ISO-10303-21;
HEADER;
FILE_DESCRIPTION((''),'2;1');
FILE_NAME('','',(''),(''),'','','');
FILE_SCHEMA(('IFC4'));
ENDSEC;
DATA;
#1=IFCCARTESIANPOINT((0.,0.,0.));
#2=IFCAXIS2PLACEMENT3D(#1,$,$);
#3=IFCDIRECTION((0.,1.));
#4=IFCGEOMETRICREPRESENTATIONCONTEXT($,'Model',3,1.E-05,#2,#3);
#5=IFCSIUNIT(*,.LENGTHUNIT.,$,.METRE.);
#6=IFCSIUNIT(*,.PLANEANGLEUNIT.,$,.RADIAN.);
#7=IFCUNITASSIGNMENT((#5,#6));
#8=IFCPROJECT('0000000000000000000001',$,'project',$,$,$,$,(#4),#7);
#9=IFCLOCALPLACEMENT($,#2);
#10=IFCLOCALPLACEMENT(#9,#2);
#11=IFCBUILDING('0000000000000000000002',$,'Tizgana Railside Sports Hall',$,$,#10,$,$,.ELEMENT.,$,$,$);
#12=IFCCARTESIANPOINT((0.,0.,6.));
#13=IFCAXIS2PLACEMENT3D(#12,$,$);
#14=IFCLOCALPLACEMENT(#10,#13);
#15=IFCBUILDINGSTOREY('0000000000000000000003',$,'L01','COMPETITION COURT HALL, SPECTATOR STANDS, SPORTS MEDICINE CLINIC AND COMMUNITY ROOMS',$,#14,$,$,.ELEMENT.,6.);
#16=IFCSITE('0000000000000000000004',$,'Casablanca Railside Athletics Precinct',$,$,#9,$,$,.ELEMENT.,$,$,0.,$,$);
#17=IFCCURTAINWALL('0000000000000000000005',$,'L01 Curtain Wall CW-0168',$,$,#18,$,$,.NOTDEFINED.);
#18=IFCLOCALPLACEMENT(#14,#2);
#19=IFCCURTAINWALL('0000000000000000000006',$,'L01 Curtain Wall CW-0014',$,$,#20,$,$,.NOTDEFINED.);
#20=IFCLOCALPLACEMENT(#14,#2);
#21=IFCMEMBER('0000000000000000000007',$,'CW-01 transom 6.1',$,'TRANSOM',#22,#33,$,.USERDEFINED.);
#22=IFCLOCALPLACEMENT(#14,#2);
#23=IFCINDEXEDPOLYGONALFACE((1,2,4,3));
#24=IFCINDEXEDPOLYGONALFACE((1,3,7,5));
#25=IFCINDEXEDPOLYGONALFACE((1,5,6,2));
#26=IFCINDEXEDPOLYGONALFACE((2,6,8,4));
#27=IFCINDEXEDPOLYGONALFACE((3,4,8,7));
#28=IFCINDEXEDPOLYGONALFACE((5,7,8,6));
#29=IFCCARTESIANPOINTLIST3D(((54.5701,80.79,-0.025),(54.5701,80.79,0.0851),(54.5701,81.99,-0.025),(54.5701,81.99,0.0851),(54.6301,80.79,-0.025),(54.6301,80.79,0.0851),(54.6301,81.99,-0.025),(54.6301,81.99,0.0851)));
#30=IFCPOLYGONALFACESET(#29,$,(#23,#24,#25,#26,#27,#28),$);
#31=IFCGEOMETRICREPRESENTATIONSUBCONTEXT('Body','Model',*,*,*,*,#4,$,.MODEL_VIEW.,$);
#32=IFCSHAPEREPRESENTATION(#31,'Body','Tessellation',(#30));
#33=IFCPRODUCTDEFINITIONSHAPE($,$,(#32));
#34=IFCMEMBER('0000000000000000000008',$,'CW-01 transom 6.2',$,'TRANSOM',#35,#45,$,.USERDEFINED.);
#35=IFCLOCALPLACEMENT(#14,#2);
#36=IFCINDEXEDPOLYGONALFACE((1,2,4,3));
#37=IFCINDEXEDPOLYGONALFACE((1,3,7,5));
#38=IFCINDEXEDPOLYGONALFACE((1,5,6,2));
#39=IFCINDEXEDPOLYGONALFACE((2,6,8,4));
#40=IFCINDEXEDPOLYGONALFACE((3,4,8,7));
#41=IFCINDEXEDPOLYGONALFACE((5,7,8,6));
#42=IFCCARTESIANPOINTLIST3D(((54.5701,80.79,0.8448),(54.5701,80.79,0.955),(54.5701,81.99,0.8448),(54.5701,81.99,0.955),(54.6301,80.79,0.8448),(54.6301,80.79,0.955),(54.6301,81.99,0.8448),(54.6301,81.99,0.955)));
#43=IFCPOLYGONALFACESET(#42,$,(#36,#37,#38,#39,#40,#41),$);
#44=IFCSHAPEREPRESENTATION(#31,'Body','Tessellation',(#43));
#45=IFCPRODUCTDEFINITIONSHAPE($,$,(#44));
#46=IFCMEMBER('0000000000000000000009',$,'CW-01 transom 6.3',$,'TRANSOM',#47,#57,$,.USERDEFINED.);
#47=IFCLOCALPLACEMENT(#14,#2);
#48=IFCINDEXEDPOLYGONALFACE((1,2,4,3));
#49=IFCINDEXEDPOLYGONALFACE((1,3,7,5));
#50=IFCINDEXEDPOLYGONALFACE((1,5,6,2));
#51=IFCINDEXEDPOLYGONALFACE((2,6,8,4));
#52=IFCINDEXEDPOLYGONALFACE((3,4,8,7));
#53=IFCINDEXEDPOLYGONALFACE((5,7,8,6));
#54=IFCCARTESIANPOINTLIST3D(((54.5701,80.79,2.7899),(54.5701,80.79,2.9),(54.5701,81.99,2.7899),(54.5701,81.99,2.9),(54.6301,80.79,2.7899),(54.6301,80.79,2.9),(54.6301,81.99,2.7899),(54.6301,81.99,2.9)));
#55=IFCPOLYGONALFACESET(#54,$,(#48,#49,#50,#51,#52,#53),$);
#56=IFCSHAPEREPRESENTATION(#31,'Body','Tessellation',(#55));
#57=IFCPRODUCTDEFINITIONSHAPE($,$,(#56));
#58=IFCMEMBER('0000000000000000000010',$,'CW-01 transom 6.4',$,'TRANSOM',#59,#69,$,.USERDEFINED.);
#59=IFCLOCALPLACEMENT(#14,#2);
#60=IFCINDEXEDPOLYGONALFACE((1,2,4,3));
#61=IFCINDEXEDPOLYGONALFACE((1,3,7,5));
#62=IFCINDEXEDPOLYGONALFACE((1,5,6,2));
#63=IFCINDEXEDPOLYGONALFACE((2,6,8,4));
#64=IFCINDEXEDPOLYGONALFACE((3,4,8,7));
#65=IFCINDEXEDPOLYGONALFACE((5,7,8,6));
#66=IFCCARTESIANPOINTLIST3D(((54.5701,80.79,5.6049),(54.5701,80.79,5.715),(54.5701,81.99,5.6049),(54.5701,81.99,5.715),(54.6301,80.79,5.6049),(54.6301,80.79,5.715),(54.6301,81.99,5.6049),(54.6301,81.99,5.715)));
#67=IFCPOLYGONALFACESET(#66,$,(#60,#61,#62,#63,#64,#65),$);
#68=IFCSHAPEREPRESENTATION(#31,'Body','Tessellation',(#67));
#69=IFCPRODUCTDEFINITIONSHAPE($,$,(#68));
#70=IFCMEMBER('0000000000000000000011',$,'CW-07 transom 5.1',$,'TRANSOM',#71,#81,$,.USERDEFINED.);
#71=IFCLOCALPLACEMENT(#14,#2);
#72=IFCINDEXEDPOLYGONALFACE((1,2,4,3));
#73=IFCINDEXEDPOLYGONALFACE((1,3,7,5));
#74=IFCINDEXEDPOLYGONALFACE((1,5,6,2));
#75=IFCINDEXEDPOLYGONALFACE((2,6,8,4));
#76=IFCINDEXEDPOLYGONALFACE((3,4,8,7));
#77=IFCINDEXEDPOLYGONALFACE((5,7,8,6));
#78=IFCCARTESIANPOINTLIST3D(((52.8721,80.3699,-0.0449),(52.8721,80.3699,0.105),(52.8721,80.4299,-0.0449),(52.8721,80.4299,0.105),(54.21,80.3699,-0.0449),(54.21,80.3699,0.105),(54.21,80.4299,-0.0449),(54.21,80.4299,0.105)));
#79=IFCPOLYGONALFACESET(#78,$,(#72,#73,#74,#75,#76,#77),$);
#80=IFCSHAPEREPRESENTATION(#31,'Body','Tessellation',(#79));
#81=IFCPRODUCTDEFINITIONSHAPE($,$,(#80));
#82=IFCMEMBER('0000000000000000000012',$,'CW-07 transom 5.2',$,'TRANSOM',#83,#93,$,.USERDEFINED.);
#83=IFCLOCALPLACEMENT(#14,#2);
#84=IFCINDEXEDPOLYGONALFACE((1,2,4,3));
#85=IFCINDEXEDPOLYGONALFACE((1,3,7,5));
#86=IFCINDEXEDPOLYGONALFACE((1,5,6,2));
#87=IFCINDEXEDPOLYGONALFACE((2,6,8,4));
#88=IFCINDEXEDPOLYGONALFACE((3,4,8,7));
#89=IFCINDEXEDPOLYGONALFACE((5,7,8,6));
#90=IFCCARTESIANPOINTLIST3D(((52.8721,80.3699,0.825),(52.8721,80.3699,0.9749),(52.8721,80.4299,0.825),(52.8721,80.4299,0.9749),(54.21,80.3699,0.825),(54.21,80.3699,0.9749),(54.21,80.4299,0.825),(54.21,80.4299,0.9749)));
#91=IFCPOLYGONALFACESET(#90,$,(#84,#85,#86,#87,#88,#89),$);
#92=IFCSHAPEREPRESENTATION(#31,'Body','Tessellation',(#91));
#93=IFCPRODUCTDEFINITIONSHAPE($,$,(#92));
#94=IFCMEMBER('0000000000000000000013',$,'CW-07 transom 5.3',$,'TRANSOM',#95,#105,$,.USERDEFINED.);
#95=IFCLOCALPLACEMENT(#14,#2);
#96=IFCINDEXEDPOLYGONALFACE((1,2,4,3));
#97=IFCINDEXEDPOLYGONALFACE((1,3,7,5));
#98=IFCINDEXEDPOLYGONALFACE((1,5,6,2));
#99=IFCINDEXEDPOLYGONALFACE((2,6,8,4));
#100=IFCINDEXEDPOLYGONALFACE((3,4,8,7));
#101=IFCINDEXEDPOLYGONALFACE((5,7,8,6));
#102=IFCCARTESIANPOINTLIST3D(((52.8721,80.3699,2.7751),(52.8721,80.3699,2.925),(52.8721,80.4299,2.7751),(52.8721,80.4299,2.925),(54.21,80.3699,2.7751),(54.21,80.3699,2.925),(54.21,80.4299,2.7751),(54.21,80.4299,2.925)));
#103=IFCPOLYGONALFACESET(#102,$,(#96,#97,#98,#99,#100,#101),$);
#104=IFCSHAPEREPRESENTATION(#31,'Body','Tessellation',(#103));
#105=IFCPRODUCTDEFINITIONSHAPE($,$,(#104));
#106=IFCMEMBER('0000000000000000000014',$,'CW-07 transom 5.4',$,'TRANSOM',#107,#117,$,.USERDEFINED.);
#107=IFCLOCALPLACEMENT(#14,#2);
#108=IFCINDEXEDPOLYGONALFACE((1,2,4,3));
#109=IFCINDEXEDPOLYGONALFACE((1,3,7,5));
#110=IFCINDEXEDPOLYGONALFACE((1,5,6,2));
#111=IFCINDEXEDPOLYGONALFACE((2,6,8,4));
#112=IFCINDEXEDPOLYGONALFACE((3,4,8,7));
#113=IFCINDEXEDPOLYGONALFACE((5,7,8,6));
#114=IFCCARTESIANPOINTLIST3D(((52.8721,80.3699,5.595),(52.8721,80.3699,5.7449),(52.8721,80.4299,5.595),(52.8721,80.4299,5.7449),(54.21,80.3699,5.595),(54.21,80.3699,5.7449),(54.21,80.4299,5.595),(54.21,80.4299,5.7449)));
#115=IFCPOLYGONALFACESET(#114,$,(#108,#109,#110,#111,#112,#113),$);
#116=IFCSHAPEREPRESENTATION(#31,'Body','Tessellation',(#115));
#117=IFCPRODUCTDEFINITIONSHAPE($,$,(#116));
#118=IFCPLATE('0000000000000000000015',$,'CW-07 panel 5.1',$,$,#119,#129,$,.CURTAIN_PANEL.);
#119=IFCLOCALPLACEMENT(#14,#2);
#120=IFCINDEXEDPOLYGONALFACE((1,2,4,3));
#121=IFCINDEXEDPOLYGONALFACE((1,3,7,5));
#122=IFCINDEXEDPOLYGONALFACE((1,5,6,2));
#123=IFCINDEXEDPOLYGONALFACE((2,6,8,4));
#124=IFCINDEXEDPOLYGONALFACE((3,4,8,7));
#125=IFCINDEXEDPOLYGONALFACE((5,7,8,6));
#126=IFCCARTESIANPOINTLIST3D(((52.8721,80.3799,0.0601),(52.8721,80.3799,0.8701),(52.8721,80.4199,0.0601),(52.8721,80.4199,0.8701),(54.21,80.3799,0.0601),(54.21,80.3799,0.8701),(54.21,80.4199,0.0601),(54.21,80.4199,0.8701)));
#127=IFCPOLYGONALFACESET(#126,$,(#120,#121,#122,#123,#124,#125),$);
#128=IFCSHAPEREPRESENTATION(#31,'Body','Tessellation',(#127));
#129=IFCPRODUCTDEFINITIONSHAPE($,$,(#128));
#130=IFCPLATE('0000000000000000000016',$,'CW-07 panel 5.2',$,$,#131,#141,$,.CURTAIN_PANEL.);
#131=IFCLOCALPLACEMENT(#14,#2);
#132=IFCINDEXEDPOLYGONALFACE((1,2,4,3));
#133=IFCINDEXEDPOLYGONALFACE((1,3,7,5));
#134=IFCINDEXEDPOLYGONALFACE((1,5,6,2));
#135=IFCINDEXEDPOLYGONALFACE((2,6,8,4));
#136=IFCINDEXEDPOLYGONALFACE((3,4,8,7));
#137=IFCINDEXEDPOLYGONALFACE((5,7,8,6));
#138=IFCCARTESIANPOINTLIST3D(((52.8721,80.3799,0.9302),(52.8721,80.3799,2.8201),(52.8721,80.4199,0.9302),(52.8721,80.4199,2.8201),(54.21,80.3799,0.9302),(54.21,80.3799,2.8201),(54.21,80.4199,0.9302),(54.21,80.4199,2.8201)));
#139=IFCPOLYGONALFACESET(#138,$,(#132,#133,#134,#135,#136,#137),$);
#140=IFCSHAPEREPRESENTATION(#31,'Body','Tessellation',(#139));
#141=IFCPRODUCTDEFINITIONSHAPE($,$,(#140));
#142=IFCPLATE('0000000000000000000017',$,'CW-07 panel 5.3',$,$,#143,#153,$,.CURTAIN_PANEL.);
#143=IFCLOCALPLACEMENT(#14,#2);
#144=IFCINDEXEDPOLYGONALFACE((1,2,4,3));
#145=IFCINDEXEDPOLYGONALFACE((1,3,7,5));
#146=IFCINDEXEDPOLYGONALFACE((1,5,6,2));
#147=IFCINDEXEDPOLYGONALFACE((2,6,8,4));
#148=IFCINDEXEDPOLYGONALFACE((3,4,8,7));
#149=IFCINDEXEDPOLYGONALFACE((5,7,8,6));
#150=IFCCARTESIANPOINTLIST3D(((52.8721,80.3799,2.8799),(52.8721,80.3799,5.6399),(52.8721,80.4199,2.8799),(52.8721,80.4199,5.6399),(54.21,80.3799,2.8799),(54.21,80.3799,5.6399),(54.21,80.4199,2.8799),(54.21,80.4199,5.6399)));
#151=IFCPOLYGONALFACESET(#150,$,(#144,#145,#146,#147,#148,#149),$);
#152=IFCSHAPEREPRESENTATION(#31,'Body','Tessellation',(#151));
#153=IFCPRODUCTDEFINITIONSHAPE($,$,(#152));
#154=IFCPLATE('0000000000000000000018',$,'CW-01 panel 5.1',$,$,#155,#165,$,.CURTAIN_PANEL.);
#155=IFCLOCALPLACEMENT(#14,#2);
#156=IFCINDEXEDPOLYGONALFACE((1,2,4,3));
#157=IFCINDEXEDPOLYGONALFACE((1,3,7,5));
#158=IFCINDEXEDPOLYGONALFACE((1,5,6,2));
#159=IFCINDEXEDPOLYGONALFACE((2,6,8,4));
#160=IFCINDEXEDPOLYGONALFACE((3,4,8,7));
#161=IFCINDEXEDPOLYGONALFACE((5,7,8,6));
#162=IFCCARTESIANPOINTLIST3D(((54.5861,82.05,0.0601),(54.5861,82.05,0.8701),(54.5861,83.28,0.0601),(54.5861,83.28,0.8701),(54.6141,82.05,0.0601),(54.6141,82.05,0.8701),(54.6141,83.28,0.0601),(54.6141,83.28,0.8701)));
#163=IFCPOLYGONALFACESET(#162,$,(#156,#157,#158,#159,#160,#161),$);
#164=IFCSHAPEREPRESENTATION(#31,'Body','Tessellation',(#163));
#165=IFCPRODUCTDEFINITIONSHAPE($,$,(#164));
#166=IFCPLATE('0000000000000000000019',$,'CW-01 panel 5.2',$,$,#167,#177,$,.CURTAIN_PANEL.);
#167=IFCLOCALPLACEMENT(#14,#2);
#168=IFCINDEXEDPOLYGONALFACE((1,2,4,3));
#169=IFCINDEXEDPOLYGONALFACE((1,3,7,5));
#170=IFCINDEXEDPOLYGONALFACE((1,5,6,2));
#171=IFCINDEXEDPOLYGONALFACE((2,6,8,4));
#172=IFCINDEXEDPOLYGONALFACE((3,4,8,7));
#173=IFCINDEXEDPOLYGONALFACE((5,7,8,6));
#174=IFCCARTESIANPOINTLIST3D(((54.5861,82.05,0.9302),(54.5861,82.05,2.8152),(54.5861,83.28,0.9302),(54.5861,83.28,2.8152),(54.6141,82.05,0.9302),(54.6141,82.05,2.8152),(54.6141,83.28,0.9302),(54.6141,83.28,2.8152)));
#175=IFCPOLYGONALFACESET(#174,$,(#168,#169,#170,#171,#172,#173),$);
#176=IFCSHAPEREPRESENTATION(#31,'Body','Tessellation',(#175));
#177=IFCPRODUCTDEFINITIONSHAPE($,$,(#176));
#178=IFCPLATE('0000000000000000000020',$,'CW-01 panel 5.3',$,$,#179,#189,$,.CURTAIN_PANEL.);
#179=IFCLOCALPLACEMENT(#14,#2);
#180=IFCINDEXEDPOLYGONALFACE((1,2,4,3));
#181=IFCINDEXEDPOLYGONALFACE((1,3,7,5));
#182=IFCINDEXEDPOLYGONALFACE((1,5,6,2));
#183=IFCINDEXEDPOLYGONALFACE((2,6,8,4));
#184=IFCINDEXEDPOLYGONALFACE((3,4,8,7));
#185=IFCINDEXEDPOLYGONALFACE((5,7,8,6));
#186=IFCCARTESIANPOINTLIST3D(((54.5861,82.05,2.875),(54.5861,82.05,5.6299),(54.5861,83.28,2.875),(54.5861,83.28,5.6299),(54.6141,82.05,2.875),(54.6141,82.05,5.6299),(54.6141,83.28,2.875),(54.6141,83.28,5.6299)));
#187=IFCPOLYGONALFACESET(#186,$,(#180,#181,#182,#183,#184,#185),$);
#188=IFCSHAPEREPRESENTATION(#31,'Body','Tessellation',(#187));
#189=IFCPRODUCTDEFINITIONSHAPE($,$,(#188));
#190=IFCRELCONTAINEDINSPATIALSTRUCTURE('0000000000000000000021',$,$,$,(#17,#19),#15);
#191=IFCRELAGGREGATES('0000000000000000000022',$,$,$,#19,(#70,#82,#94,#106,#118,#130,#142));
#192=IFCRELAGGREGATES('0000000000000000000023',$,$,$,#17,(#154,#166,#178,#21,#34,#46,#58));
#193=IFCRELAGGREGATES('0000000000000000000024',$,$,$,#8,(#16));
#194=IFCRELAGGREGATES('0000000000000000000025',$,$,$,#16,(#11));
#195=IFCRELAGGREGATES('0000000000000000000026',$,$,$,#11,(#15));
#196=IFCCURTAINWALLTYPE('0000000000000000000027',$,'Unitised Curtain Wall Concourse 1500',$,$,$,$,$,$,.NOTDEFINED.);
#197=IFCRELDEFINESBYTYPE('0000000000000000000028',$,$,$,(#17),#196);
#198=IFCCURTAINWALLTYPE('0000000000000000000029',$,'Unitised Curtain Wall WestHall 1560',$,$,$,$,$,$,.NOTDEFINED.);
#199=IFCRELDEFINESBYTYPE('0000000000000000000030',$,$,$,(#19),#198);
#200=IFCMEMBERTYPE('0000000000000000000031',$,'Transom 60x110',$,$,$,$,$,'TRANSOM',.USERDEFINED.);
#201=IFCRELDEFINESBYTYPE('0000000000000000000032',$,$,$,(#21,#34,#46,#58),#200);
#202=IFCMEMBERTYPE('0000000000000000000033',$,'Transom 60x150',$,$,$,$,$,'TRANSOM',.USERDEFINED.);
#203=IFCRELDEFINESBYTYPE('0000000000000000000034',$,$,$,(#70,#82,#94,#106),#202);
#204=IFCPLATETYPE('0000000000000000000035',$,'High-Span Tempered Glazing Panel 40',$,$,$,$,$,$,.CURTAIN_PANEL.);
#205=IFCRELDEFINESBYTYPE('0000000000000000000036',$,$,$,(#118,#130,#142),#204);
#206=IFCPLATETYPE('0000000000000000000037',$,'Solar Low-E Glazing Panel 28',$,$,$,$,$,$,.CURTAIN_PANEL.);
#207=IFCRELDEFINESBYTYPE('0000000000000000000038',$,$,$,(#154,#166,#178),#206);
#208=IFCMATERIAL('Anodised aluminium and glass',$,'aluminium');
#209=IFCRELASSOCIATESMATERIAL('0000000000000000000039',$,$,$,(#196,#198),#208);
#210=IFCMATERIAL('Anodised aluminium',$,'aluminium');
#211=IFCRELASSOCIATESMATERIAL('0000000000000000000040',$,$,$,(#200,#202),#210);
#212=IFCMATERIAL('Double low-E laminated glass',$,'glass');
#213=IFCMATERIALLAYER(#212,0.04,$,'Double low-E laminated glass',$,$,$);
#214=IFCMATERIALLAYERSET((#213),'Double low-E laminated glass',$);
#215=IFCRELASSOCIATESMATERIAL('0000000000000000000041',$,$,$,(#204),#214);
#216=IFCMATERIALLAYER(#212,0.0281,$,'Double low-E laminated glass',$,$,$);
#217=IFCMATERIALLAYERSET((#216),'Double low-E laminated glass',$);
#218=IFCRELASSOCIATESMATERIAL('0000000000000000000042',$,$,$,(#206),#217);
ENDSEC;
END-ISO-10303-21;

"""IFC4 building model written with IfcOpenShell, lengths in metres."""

from ifc_helpers import new_model, si_unit, direction, frame, origin, origin_2d, place, context, subcontext, project, spatial, rectangle, extrude, material, layer, layer_set, material_profile, profile_set, type_object, element, aggregate, save


model = new_model("IFC4")

# Units and contexts
model_context = context("Model", 3, precision=1e-05, world=origin(), true_north=direction((0.0, 1.0)))
body_context = subcontext(model_context, "Body", "Model", "MODEL_VIEW")
ifc_project = project(units=[si_unit("LENGTHUNIT", "METRE"), si_unit("PLANEANGLEUNIT", "RADIAN")], contexts=[model_context])

# Site, building, storey
site_placement = place(None, origin())
site = spatial("IfcSite", under=ifc_project, at=site_placement, Name="Casablanca Railside Athletics Precinct", CompositionType="ELEMENT", RefElevation=0.0)
building_placement = place(site_placement, origin())
building = spatial("IfcBuilding", under=site, at=building_placement, Name="Tizgana Railside Sports Hall", CompositionType="ELEMENT")
storey_placement = place(building_placement, frame((0.0, 0.0, 6.0)))
storey = spatial("IfcBuildingStorey", under=building, at=storey_placement, Name="L01", Description="COMPETITION COURT HALL, SPECTATOR STANDS, SPORTS MEDICINE CLINIC AND COMMUNITY ROOMS", CompositionType="ELEMENT", Elevation=6.0)

# Curtain walls
ifc_material_1 = material(Name="Anodised aluminium and glass", Category="aluminium")
curtain_wall_type_1 = type_object("IfcCurtainWallType", Name="Unitised Curtain Wall Concourse 1500", PredefinedType="NOTDEFINED", material=ifc_material_1)
curtain_wall_1_placement = place(storey_placement, origin())
curtain_wall_1 = element("IfcCurtainWall", 1, at=curtain_wall_1_placement, inside=storey, type_object=curtain_wall_type_1, Name="L01 Curtain Wall CW-0168", PredefinedType="NOTDEFINED")
ifc_material_2 = material(Name="Anodised aluminium", Category="aluminium")
curtain_wall_type_2 = type_object("IfcCurtainWallType", Name="Unitised Curtain Wall WestHall 1560", PredefinedType="NOTDEFINED", material=ifc_material_1)
curtain_wall_2_placement = place(storey_placement, origin())
curtain_wall_2 = element("IfcCurtainWall", 2, at=curtain_wall_2_placement, inside=storey, type_object=curtain_wall_type_2, Name="L01 Curtain Wall CW-0014", PredefinedType="NOTDEFINED")

# Members
ifc_material_profile_1 = material_profile(ifc_material_2, rectangle(XDim=0.0601, YDim=0.1101, at=origin_2d()), Name="Transom 60x110")
ifc_profile_set_1 = profile_set([ifc_material_profile_1], Name="Anodised aluminium")
member_type_1 = type_object("IfcMemberType", Name="Transom 60x110", ElementType="TRANSOM", PredefinedType="USERDEFINED", material=ifc_profile_set_1)
member_1_placement = place(storey_placement, frame((54.6001, 81.99, 0.03), z_axis=(0.0, -1.0, 0.0), x_axis=(1.0, 0.0, 0.0)))
member_1 = element("IfcMember", 3, at=member_1_placement, type_object=member_type_1, Name="CW-01 transom 6.1", ObjectType="TRANSOM", PredefinedType="USERDEFINED", context=body_context, shape_type="SweptSolid", body=[
    extrude(rectangle(XDim=0.0601, YDim=0.1101, at=origin_2d()), origin(), (0.0, 0.0, 1.0), 1.2),
])
member_2_placement = place(storey_placement, frame((54.6001, 81.99, 0.8999), z_axis=(0.0, -1.0, 0.0), x_axis=(1.0, 0.0, 0.0)))
member_2 = element("IfcMember", 4, at=member_2_placement, type_object=member_type_1, Name="CW-01 transom 6.2", ObjectType="TRANSOM", PredefinedType="USERDEFINED", context=body_context, shape_type="SweptSolid", body=[
    extrude(rectangle(XDim=0.0601, YDim=0.1101, at=origin_2d()), origin(), (0.0, 0.0, 1.0), 1.2),
])
member_3_placement = place(storey_placement, frame((54.6001, 81.99, 2.845), z_axis=(0.0, -1.0, 0.0), x_axis=(1.0, 0.0, 0.0)))
member_3 = element("IfcMember", 5, at=member_3_placement, type_object=member_type_1, Name="CW-01 transom 6.3", ObjectType="TRANSOM", PredefinedType="USERDEFINED", context=body_context, shape_type="SweptSolid", body=[
    extrude(rectangle(XDim=0.0601, YDim=0.1101, at=origin_2d()), origin(), (0.0, 0.0, 1.0), 1.2),
])
member_4_placement = place(storey_placement, frame((54.6001, 81.99, 5.6599), z_axis=(0.0, -1.0, 0.0), x_axis=(1.0, 0.0, 0.0)))
member_4 = element("IfcMember", 6, at=member_4_placement, type_object=member_type_1, Name="CW-01 transom 6.4", ObjectType="TRANSOM", PredefinedType="USERDEFINED", context=body_context, shape_type="SweptSolid", body=[
    extrude(rectangle(XDim=0.0601, YDim=0.1101, at=origin_2d()), origin(), (0.0, 0.0, 1.0), 1.2),
])
ifc_material_profile_2 = material_profile(ifc_material_2, rectangle(XDim=0.0601, YDim=0.1499, at=origin_2d()), Name="Transom 60x150")
ifc_profile_set_2 = profile_set([ifc_material_profile_2], Name="Anodised aluminium")
member_type_2 = type_object("IfcMemberType", Name="Transom 60x150", ElementType="TRANSOM", PredefinedType="USERDEFINED", material=ifc_profile_set_2)
member_5_placement = place(storey_placement, frame((52.8721, 80.3999, 0.03), z_axis=(1.0, 0.0, 0.0), x_axis=(0.0, 1.0, 0.0)))
member_5 = element("IfcMember", 7, at=member_5_placement, type_object=member_type_2, Name="CW-07 transom 5.1", ObjectType="TRANSOM", PredefinedType="USERDEFINED", context=body_context, shape_type="SweptSolid", body=[
    extrude(rectangle(XDim=0.0601, YDim=0.1499, at=origin_2d()), origin(), (0.0, 0.0, 1.0), 1.3379),
])
member_6_placement = place(storey_placement, frame((52.8721, 80.3999, 0.8999), z_axis=(1.0, 0.0, 0.0), x_axis=(0.0, 1.0, 0.0)))
member_6 = element("IfcMember", 8, at=member_6_placement, type_object=member_type_2, Name="CW-07 transom 5.2", ObjectType="TRANSOM", PredefinedType="USERDEFINED", context=body_context, shape_type="SweptSolid", body=[
    extrude(rectangle(XDim=0.0601, YDim=0.1499, at=origin_2d()), origin(), (0.0, 0.0, 1.0), 1.3379),
])
member_7_placement = place(storey_placement, frame((52.8721, 80.3999, 2.8501), z_axis=(1.0, 0.0, 0.0), x_axis=(0.0, 1.0, 0.0)))
member_7 = element("IfcMember", 9, at=member_7_placement, type_object=member_type_2, Name="CW-07 transom 5.3", ObjectType="TRANSOM", PredefinedType="USERDEFINED", context=body_context, shape_type="SweptSolid", body=[
    extrude(rectangle(XDim=0.0601, YDim=0.1499, at=origin_2d()), origin(), (0.0, 0.0, 1.0), 1.3379),
])
member_8_placement = place(storey_placement, frame((52.8721, 80.3999, 5.6699), z_axis=(1.0, 0.0, 0.0), x_axis=(0.0, 1.0, 0.0)))
member_8 = element("IfcMember", 10, at=member_8_placement, type_object=member_type_2, Name="CW-07 transom 5.4", ObjectType="TRANSOM", PredefinedType="USERDEFINED", context=body_context, shape_type="SweptSolid", body=[
    extrude(rectangle(XDim=0.0601, YDim=0.1499, at=origin_2d()), origin(), (0.0, 0.0, 1.0), 1.3379),
])

# Plates
ifc_material_3 = material(Name="Double low-E laminated glass", Category="glass")
ifc_layer_1 = layer(ifc_material_3, 0.04, Name="Double low-E laminated glass")
ifc_layer_set_1 = layer_set([ifc_layer_1], Name="Double low-E laminated glass")
plate_type_1 = type_object("IfcPlateType", Name="High-Span Tempered Glazing Panel 40", PredefinedType="CURTAIN_PANEL", material=ifc_layer_set_1)
plate_1_placement = place(storey_placement, frame((53.541, 80.3999, 0.0601), z_axis=(0.0, 0.0, 1.0), x_axis=(1.0, 0.0, 0.0)))
plate_1 = element("IfcPlate", 11, at=plate_1_placement, type_object=plate_type_1, Name="CW-07 panel 5.1", PredefinedType="CURTAIN_PANEL", context=body_context, shape_type="SweptSolid", body=[
    extrude(rectangle(XDim=1.3379, YDim=0.04, at=origin_2d()), origin(), (0.0, 0.0, 1.0), 0.8101),
])
plate_2_placement = place(storey_placement, frame((53.541, 80.3999, 0.9302), z_axis=(0.0, 0.0, 1.0), x_axis=(1.0, 0.0, 0.0)))
plate_2 = element("IfcPlate", 12, at=plate_2_placement, type_object=plate_type_1, Name="CW-07 panel 5.2", PredefinedType="CURTAIN_PANEL", context=body_context, shape_type="SweptSolid", body=[
    extrude(rectangle(XDim=1.3379, YDim=0.04, at=origin_2d()), origin(), (0.0, 0.0, 1.0), 1.8899),
])
plate_3_placement = place(storey_placement, frame((53.541, 80.3999, 2.8799), z_axis=(0.0, 0.0, 1.0), x_axis=(1.0, 0.0, 0.0)))
plate_3 = element("IfcPlate", 13, at=plate_3_placement, type_object=plate_type_1, Name="CW-07 panel 5.3", PredefinedType="CURTAIN_PANEL", context=body_context, shape_type="SweptSolid", body=[
    extrude(rectangle(XDim=1.3379, YDim=0.04, at=origin_2d()), origin(), (0.0, 0.0, 1.0), 2.76),
])
aggregate(curtain_wall_2, [member_5, member_6, member_7, member_8, plate_1, plate_2, plate_3])
ifc_layer_2 = layer(ifc_material_3, 0.0281, Name="Double low-E laminated glass")
ifc_layer_set_2 = layer_set([ifc_layer_2], Name="Double low-E laminated glass")
plate_type_2 = type_object("IfcPlateType", Name="Solar Low-E Glazing Panel 28", PredefinedType="CURTAIN_PANEL", material=ifc_layer_set_2)
plate_4_placement = place(storey_placement, frame((54.6001, 82.665, 0.0601), z_axis=(0.0, 0.0, 1.0), x_axis=(0.0, -1.0, 0.0)))
plate_4 = element("IfcPlate", 14, at=plate_4_placement, type_object=plate_type_2, Name="CW-01 panel 5.1", PredefinedType="CURTAIN_PANEL", context=body_context, shape_type="SweptSolid", body=[
    extrude(rectangle(XDim=1.23, YDim=0.0281, at=origin_2d()), origin(), (0.0, 0.0, 1.0), 0.8101),
])
plate_5_placement = place(storey_placement, frame((54.6001, 82.665, 0.9302), z_axis=(0.0, 0.0, 1.0), x_axis=(0.0, -1.0, 0.0)))
plate_5 = element("IfcPlate", 15, at=plate_5_placement, type_object=plate_type_2, Name="CW-01 panel 5.2", PredefinedType="CURTAIN_PANEL", context=body_context, shape_type="SweptSolid", body=[
    extrude(rectangle(XDim=1.23, YDim=0.0281, at=origin_2d()), origin(), (0.0, 0.0, 1.0), 1.885),
])
plate_6_placement = place(storey_placement, frame((54.6001, 82.665, 2.875), z_axis=(0.0, 0.0, 1.0), x_axis=(0.0, -1.0, 0.0)))
plate_6 = element("IfcPlate", 16, at=plate_6_placement, type_object=plate_type_2, Name="CW-01 panel 5.3", PredefinedType="CURTAIN_PANEL", context=body_context, shape_type="SweptSolid", body=[
    extrude(rectangle(XDim=1.23, YDim=0.0281, at=origin_2d()), origin(), (0.0, 0.0, 1.0), 2.7549),
])
aggregate(curtain_wall_1, [plate_4, plate_5, plate_6, member_1, member_2, member_3, member_4])

save(model, "model.ifc")
